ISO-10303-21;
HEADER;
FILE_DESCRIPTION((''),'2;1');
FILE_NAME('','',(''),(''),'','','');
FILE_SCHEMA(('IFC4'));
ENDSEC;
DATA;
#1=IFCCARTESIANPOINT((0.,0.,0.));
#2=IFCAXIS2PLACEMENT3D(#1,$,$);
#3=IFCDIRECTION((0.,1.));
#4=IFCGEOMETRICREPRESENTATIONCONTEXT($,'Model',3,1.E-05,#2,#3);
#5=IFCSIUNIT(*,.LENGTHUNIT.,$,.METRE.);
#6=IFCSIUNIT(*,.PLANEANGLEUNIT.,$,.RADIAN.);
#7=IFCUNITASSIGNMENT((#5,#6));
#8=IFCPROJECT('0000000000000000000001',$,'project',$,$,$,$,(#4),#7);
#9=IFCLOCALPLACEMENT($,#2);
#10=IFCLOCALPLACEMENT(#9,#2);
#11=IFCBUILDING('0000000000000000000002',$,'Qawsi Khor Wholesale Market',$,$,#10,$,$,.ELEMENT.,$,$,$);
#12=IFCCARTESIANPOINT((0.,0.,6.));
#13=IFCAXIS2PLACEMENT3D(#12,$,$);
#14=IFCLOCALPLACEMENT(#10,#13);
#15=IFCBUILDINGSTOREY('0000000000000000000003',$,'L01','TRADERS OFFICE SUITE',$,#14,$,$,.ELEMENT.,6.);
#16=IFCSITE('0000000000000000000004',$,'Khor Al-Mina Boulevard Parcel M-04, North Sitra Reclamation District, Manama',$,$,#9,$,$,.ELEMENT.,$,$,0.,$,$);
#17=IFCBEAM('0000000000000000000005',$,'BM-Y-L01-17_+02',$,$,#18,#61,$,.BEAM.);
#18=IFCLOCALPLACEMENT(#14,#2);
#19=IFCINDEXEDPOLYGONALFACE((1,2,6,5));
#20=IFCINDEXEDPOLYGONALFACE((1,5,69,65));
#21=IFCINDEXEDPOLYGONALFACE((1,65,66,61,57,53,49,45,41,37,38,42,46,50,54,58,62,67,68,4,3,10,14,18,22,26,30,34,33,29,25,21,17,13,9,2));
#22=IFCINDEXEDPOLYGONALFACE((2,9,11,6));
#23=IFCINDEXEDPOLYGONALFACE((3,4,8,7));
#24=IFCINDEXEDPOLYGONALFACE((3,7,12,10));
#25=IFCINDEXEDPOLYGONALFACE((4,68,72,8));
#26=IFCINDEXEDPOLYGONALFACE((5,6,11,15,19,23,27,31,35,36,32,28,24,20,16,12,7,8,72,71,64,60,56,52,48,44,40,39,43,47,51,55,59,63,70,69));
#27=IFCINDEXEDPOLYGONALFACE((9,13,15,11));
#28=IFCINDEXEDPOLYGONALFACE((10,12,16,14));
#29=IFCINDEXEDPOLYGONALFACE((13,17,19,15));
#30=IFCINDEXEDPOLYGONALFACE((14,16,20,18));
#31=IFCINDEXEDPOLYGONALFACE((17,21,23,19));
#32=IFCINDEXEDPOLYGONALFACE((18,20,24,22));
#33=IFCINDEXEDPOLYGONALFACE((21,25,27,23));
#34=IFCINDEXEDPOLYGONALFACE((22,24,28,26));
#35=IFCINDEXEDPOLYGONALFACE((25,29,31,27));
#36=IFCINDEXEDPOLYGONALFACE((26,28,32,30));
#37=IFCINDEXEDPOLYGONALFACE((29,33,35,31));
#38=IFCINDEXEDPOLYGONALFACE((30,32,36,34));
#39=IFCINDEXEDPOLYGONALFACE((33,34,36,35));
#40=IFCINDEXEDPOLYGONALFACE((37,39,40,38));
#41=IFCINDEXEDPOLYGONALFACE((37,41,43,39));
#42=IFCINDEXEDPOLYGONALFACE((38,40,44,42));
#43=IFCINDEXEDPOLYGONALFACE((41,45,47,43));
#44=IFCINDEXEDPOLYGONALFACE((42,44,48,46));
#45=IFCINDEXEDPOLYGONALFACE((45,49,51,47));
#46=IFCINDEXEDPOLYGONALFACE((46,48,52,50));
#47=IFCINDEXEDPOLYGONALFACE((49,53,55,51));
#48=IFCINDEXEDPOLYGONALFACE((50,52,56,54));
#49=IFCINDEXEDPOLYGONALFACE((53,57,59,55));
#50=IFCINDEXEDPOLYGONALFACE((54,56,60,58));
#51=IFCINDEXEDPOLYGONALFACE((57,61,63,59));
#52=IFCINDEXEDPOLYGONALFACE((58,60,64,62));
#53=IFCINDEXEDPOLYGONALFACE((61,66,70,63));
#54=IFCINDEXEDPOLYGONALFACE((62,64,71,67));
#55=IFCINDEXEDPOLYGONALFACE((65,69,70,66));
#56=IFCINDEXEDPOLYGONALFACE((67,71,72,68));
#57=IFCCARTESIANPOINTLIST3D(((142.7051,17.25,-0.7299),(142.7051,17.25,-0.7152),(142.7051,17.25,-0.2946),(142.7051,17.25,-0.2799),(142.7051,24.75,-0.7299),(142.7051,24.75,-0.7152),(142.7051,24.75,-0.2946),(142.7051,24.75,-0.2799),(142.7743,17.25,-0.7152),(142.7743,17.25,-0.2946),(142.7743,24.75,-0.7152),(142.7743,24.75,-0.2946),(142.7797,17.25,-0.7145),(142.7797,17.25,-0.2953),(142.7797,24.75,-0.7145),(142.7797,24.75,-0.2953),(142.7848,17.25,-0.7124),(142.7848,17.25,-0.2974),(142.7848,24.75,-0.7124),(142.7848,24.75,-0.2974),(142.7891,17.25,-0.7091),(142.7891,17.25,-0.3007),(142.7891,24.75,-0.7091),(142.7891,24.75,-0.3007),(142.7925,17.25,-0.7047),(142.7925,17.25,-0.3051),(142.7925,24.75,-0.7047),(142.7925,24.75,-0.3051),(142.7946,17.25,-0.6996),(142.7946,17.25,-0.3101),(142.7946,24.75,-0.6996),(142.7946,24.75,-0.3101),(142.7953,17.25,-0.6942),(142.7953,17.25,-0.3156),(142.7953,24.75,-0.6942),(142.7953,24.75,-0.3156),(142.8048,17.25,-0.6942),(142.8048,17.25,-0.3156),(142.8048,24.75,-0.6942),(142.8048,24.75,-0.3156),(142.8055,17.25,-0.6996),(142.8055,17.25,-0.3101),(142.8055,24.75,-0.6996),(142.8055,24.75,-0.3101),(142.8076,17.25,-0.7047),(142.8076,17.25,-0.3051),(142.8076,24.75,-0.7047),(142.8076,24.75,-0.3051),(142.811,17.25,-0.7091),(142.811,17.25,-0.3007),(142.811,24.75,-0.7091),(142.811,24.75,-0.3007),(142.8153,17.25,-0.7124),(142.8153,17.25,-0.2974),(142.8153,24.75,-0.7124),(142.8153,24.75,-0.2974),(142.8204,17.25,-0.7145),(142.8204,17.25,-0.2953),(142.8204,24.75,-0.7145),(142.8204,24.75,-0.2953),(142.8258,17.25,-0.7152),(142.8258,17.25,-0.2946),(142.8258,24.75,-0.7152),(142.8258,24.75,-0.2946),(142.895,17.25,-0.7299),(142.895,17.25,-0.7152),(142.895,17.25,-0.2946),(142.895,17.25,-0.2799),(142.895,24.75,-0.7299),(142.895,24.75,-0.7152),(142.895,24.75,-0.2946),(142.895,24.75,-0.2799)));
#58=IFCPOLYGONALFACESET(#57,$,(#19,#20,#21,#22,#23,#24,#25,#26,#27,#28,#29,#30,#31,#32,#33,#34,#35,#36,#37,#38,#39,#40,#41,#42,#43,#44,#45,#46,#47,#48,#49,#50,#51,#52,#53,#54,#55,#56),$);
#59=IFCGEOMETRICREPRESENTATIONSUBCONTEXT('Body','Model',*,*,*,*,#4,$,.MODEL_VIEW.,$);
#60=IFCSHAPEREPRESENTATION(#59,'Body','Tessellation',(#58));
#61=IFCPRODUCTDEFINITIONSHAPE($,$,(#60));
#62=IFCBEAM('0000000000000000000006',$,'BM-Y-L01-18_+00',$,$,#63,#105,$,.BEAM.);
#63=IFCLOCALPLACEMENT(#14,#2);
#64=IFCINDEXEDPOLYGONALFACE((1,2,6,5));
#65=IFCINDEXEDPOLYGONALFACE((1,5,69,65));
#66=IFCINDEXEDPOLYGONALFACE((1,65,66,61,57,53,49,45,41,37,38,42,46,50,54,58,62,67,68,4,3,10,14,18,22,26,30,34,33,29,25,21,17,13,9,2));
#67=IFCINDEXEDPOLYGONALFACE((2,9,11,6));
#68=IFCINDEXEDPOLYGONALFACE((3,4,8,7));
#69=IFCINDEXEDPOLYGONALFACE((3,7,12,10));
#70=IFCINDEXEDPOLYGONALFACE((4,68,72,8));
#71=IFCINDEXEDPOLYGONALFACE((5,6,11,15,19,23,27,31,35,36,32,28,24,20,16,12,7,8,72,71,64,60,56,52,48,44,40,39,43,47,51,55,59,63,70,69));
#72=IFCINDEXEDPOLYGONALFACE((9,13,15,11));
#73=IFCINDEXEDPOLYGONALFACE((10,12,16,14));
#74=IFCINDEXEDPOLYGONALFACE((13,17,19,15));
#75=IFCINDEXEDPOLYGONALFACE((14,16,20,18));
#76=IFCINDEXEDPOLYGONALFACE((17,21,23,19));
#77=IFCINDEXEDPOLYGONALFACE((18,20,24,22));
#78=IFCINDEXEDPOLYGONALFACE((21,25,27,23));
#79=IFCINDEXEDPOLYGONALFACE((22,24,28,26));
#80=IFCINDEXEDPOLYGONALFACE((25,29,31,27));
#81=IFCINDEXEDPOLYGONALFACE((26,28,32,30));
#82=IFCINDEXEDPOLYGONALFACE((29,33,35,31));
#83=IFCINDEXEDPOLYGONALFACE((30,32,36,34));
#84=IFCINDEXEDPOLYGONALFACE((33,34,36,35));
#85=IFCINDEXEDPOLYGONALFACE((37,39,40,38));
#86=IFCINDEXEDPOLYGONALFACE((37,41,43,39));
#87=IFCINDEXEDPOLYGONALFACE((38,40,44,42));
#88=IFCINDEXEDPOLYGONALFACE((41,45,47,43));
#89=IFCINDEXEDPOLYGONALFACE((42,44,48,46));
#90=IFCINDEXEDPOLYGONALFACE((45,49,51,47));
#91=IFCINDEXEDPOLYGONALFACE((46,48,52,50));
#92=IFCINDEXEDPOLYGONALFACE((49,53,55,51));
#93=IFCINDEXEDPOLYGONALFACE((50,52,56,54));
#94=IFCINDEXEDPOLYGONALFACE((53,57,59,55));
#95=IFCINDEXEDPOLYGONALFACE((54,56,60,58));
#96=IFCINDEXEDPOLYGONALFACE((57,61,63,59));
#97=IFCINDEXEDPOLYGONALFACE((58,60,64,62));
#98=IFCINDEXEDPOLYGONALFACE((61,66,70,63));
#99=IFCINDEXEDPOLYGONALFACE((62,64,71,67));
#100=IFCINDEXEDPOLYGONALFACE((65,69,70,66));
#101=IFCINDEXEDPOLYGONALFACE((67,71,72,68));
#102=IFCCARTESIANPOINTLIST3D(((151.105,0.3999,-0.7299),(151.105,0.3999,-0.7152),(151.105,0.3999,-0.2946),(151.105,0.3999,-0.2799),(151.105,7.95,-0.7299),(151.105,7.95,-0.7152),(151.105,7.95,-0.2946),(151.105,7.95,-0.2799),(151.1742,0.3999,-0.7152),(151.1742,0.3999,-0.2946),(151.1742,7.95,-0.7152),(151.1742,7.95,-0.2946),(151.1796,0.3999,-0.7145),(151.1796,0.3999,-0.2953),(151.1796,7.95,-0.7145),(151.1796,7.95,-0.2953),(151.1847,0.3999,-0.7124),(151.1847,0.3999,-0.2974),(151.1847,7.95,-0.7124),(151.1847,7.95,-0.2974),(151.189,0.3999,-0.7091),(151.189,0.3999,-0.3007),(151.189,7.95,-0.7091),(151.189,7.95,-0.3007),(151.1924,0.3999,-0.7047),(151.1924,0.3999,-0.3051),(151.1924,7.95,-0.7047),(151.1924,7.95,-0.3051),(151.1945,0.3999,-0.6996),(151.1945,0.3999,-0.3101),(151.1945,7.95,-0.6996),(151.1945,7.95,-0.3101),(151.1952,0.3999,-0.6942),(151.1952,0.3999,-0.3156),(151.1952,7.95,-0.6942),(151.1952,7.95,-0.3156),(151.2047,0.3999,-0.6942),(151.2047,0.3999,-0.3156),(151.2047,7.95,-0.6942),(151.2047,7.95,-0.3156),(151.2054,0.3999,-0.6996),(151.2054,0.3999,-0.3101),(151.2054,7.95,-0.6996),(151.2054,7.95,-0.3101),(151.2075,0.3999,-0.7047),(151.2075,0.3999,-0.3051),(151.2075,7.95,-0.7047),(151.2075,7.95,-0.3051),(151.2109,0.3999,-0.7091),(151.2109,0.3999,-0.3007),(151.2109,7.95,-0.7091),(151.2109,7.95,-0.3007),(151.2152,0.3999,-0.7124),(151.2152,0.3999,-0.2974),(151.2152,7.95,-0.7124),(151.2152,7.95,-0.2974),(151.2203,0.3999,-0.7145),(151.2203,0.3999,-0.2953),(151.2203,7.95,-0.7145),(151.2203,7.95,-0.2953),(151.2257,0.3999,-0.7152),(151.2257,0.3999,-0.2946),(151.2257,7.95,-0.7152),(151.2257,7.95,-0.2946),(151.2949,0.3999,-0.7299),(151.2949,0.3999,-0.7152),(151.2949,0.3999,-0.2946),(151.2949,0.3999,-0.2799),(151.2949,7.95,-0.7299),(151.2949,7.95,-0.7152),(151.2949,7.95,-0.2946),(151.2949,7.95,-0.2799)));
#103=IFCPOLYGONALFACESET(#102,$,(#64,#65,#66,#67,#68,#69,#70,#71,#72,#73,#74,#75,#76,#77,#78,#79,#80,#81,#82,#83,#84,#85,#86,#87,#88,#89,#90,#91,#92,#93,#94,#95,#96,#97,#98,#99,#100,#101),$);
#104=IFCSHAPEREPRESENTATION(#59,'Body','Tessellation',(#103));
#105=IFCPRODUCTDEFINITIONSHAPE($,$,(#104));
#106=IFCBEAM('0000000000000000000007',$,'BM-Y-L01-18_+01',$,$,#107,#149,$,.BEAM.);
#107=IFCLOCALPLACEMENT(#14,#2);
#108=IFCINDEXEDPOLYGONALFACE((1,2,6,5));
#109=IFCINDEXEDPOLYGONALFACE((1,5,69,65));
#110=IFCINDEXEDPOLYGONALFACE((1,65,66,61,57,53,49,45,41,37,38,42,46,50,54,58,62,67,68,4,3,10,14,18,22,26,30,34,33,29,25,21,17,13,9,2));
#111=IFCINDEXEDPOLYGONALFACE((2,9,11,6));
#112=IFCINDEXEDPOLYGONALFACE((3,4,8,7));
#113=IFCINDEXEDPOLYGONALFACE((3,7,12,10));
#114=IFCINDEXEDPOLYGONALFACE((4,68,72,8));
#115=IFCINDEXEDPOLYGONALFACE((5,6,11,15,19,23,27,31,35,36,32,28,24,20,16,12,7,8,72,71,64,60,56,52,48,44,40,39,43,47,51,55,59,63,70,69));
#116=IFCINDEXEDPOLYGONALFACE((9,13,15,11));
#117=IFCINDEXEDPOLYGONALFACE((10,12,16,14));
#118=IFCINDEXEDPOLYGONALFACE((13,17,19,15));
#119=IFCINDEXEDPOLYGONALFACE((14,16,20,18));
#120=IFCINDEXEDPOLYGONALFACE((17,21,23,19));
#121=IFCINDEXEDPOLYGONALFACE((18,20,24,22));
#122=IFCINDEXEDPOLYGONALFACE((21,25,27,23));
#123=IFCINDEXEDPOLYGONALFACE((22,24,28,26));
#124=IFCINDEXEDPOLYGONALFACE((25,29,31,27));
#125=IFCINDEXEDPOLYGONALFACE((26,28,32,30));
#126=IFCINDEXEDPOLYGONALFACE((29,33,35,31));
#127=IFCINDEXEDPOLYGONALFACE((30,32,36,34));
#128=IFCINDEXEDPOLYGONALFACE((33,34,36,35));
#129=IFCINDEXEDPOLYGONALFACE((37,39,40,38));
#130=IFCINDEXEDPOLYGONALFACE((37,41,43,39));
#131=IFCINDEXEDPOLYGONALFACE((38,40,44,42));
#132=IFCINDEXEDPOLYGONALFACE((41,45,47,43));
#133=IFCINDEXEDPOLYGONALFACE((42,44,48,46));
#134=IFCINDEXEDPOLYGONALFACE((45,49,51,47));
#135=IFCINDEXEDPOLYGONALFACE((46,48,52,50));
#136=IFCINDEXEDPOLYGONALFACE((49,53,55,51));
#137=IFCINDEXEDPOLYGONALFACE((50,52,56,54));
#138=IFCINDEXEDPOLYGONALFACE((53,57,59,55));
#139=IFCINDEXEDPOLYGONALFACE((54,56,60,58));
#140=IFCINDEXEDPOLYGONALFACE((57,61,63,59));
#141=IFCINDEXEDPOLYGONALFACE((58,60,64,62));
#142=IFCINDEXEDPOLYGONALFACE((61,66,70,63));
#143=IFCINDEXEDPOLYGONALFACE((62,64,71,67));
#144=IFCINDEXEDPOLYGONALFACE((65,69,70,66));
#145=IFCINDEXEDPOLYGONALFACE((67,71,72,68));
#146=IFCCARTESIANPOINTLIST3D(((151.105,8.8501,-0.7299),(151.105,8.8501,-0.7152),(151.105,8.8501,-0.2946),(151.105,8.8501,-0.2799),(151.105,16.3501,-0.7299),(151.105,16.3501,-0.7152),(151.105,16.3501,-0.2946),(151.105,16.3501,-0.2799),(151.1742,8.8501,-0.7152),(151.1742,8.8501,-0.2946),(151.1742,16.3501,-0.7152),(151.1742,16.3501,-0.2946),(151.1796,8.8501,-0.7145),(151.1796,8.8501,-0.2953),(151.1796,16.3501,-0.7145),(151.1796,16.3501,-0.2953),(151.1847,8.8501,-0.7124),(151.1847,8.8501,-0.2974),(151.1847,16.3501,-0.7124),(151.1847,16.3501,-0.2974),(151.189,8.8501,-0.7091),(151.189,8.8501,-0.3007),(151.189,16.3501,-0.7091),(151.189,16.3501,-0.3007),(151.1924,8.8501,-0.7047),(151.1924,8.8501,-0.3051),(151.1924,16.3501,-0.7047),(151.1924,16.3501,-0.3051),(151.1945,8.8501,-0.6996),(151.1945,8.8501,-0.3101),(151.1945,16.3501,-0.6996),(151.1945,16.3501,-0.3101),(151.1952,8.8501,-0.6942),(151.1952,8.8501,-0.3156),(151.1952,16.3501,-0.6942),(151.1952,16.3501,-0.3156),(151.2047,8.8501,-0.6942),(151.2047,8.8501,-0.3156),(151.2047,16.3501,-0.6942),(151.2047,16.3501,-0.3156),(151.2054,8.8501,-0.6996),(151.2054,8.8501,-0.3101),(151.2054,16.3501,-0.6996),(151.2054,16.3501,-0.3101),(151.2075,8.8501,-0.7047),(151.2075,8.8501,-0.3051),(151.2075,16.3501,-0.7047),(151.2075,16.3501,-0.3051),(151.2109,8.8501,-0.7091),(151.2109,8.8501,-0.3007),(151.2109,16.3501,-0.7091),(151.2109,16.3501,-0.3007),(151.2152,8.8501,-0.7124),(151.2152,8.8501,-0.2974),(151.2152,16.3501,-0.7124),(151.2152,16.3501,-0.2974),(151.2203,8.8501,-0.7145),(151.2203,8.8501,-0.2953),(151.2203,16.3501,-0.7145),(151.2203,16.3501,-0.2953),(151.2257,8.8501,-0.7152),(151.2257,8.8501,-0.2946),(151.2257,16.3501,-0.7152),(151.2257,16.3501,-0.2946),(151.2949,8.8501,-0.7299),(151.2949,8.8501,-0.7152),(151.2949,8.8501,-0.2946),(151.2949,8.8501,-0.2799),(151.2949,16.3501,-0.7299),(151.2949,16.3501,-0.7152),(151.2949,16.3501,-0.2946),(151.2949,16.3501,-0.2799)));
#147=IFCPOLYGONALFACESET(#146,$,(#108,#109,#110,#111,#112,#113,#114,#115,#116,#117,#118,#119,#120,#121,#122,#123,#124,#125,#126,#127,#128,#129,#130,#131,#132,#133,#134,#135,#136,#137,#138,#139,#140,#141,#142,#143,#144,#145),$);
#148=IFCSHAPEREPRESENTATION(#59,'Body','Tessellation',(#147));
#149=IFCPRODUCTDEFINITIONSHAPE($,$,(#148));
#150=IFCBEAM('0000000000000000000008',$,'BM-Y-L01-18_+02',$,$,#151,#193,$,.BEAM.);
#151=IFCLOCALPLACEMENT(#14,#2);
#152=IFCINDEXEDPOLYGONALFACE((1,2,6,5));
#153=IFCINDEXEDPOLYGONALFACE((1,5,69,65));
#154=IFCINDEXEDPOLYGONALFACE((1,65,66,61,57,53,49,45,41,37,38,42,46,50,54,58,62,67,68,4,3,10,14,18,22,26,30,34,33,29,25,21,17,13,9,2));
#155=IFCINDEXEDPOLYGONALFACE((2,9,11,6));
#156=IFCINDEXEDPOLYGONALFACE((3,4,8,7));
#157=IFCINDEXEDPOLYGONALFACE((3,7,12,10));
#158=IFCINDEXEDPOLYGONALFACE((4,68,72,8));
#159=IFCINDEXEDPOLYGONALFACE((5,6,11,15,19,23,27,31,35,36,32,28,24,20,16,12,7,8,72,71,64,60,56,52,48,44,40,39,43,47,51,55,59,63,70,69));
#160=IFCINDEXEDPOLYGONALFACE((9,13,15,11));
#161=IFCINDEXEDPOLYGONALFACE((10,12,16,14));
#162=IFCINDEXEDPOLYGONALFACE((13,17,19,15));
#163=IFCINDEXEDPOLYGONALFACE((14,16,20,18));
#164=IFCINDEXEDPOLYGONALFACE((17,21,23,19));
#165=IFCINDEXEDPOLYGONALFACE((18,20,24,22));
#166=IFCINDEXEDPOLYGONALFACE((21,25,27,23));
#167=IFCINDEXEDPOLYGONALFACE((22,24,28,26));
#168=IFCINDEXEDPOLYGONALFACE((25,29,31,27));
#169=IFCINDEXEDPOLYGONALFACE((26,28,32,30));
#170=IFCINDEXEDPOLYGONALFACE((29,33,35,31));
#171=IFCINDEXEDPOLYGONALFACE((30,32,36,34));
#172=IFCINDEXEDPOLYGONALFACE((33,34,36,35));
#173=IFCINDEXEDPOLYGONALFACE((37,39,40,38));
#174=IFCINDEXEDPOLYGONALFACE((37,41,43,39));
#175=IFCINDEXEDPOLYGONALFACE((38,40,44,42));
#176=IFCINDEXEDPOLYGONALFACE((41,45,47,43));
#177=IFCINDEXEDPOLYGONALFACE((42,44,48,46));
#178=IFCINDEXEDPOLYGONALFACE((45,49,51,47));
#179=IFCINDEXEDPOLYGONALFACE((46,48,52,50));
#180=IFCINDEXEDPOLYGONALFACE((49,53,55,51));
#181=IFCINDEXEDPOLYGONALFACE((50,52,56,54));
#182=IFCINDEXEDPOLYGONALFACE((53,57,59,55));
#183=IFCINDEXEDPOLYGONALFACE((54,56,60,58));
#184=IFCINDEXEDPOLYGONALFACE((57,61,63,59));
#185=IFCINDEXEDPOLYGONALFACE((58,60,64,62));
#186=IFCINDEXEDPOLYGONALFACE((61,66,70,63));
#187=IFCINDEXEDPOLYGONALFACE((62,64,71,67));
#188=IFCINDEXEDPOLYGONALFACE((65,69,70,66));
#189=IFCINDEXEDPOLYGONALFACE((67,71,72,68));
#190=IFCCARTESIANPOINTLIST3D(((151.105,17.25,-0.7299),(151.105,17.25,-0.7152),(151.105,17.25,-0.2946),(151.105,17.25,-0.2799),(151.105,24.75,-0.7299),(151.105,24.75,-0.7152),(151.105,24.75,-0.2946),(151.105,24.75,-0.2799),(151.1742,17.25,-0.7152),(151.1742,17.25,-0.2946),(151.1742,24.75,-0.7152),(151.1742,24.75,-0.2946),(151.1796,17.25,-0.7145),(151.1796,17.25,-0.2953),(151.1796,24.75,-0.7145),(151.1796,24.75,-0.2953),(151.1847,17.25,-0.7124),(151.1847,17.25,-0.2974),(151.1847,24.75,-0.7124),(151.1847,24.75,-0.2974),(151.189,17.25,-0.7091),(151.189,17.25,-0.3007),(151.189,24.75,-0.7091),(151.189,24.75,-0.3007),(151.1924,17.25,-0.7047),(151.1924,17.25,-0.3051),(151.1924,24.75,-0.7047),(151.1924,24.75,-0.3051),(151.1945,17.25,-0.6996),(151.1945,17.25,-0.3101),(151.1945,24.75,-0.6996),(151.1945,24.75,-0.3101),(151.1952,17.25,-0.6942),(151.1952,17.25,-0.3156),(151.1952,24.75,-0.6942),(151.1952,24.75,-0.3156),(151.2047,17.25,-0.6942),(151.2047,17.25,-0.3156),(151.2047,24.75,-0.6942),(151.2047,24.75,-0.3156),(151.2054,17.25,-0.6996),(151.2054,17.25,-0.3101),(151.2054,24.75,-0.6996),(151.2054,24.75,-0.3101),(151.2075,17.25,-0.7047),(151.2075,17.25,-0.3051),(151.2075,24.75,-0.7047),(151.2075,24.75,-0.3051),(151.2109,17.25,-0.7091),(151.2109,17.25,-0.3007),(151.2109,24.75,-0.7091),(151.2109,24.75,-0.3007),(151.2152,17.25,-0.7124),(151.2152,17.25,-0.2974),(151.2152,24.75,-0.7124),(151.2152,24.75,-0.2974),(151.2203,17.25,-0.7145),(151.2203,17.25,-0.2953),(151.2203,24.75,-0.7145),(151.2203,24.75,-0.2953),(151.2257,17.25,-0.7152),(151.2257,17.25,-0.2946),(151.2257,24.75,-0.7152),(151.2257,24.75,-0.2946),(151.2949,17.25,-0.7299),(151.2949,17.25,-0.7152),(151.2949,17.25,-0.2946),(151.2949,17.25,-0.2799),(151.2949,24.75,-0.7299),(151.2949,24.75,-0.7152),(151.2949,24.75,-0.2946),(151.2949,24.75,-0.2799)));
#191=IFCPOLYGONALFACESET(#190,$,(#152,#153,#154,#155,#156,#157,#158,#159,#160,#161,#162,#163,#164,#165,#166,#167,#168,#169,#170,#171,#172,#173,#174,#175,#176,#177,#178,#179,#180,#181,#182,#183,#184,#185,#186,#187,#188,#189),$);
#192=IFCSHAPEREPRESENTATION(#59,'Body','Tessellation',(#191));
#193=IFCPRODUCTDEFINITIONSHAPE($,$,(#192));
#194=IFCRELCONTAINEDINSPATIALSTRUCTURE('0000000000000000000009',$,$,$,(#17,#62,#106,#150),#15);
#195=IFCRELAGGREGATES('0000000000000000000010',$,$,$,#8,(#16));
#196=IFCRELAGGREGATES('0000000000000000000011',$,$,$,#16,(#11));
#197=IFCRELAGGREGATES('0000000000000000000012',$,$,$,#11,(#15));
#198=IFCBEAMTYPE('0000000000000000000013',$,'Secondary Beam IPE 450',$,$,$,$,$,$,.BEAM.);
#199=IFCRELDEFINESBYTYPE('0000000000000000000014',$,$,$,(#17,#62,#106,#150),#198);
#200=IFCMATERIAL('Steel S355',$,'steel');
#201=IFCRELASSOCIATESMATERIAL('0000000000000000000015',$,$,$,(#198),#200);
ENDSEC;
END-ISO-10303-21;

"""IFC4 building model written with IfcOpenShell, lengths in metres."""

from ifc_helpers import new_model, si_unit, direction, frame, origin, origin_2d, place, context, subcontext, project, spatial, i_section, extrude, material, material_profile, profile_set, type_object, element, save


model = new_model("IFC4")

# Units and contexts
model_context = context("Model", 3, precision=1e-05, world=origin(), true_north=direction((0.0, 1.0)))
body_context = subcontext(model_context, "Body", "Model", "MODEL_VIEW")
ifc_project = project(units=[si_unit("LENGTHUNIT", "METRE"), si_unit("PLANEANGLEUNIT", "RADIAN")], contexts=[model_context])

# Site, building, storey
site_placement = place(None, origin())
site = spatial("IfcSite", under=ifc_project, at=site_placement, Name="Khor Al-Mina Boulevard Parcel M-04, North Sitra Reclamation District, Manama", CompositionType="ELEMENT", RefElevation=0.0)
building_placement = place(site_placement, origin())
building = spatial("IfcBuilding", under=site, at=building_placement, Name="Qawsi Khor Wholesale Market", CompositionType="ELEMENT")
storey_placement = place(building_placement, frame((0.0, 0.0, 6.0)))
storey = spatial("IfcBuildingStorey", under=building, at=storey_placement, Name="L01", Description="TRADERS OFFICE SUITE", CompositionType="ELEMENT", Elevation=6.0)

# Beams
ifc_material_1 = material(Name="Steel S355", Category="steel")
ifc_material_profile_1 = material_profile(ifc_material_1, i_section(OverallWidth=0.1899, OverallDepth=0.45, WebThickness=0.0095, FlangeThickness=0.0146, FilletRadius=0.021, at=origin_2d()), Name="IPE 450")
ifc_profile_set_1 = profile_set([ifc_material_profile_1], Name="Steel S355")
beam_type_1 = type_object("IfcBeamType", Name="Secondary Beam IPE 450", PredefinedType="BEAM", material=ifc_profile_set_1)
beam_1_placement = place(storey_placement, frame((142.8, 17.25, -0.5049), z_axis=(0.0, 1.0, 0.0), x_axis=(-1.0, 0.0, 0.0)))
element("IfcBeam", 1, at=beam_1_placement, inside=storey, type_object=beam_type_1, Name="BM-Y-L01-17_+02", PredefinedType="BEAM", context=body_context, shape_type="SweptSolid", body=[
    extrude(i_section(OverallWidth=0.1899, OverallDepth=0.45, WebThickness=0.0095, FlangeThickness=0.0146, FilletRadius=0.021, at=origin_2d()), origin(), (0.0, 0.0, 1.0), 7.5),
])
beam_2_placement = place(storey_placement, frame((151.2, 0.3999, -0.5049), z_axis=(0.0, 1.0, 0.0), x_axis=(-1.0, 0.0, 0.0)))
element("IfcBeam", 2, at=beam_2_placement, inside=storey, type_object=beam_type_1, Name="BM-Y-L01-18_+00", PredefinedType="BEAM", context=body_context, shape_type="SweptSolid", body=[
    extrude(i_section(OverallWidth=0.1899, OverallDepth=0.45, WebThickness=0.0095, FlangeThickness=0.0146, FilletRadius=0.021, at=origin_2d()), origin(), (0.0, 0.0, 1.0), 7.55),
])
for number, where, z_axis, x_axis, name in (
    (3, (151.2, 8.8501, -0.5049), (0.0, 1.0, 0.0), (-1.0, 0.0, 0.0), "BM-Y-L01-18_+01"),
    (4, (151.2, 17.25, -0.5049), (0.0, 1.0, 0.0), (-1.0, 0.0, 0.0), "BM-Y-L01-18_+02"),
):
    element("IfcBeam", number, at=place(storey_placement, frame(where, z_axis=z_axis, x_axis=x_axis)), inside=storey, type_object=beam_type_1, Name=name, PredefinedType="BEAM", context=body_context, shape_type="SweptSolid", body=[
        extrude(i_section(OverallWidth=0.1899, OverallDepth=0.45, WebThickness=0.0095, FlangeThickness=0.0146, FilletRadius=0.021, at=origin_2d()), origin(), (0.0, 0.0, 1.0), 7.5),
    ])

save(model, "model.ifc")
